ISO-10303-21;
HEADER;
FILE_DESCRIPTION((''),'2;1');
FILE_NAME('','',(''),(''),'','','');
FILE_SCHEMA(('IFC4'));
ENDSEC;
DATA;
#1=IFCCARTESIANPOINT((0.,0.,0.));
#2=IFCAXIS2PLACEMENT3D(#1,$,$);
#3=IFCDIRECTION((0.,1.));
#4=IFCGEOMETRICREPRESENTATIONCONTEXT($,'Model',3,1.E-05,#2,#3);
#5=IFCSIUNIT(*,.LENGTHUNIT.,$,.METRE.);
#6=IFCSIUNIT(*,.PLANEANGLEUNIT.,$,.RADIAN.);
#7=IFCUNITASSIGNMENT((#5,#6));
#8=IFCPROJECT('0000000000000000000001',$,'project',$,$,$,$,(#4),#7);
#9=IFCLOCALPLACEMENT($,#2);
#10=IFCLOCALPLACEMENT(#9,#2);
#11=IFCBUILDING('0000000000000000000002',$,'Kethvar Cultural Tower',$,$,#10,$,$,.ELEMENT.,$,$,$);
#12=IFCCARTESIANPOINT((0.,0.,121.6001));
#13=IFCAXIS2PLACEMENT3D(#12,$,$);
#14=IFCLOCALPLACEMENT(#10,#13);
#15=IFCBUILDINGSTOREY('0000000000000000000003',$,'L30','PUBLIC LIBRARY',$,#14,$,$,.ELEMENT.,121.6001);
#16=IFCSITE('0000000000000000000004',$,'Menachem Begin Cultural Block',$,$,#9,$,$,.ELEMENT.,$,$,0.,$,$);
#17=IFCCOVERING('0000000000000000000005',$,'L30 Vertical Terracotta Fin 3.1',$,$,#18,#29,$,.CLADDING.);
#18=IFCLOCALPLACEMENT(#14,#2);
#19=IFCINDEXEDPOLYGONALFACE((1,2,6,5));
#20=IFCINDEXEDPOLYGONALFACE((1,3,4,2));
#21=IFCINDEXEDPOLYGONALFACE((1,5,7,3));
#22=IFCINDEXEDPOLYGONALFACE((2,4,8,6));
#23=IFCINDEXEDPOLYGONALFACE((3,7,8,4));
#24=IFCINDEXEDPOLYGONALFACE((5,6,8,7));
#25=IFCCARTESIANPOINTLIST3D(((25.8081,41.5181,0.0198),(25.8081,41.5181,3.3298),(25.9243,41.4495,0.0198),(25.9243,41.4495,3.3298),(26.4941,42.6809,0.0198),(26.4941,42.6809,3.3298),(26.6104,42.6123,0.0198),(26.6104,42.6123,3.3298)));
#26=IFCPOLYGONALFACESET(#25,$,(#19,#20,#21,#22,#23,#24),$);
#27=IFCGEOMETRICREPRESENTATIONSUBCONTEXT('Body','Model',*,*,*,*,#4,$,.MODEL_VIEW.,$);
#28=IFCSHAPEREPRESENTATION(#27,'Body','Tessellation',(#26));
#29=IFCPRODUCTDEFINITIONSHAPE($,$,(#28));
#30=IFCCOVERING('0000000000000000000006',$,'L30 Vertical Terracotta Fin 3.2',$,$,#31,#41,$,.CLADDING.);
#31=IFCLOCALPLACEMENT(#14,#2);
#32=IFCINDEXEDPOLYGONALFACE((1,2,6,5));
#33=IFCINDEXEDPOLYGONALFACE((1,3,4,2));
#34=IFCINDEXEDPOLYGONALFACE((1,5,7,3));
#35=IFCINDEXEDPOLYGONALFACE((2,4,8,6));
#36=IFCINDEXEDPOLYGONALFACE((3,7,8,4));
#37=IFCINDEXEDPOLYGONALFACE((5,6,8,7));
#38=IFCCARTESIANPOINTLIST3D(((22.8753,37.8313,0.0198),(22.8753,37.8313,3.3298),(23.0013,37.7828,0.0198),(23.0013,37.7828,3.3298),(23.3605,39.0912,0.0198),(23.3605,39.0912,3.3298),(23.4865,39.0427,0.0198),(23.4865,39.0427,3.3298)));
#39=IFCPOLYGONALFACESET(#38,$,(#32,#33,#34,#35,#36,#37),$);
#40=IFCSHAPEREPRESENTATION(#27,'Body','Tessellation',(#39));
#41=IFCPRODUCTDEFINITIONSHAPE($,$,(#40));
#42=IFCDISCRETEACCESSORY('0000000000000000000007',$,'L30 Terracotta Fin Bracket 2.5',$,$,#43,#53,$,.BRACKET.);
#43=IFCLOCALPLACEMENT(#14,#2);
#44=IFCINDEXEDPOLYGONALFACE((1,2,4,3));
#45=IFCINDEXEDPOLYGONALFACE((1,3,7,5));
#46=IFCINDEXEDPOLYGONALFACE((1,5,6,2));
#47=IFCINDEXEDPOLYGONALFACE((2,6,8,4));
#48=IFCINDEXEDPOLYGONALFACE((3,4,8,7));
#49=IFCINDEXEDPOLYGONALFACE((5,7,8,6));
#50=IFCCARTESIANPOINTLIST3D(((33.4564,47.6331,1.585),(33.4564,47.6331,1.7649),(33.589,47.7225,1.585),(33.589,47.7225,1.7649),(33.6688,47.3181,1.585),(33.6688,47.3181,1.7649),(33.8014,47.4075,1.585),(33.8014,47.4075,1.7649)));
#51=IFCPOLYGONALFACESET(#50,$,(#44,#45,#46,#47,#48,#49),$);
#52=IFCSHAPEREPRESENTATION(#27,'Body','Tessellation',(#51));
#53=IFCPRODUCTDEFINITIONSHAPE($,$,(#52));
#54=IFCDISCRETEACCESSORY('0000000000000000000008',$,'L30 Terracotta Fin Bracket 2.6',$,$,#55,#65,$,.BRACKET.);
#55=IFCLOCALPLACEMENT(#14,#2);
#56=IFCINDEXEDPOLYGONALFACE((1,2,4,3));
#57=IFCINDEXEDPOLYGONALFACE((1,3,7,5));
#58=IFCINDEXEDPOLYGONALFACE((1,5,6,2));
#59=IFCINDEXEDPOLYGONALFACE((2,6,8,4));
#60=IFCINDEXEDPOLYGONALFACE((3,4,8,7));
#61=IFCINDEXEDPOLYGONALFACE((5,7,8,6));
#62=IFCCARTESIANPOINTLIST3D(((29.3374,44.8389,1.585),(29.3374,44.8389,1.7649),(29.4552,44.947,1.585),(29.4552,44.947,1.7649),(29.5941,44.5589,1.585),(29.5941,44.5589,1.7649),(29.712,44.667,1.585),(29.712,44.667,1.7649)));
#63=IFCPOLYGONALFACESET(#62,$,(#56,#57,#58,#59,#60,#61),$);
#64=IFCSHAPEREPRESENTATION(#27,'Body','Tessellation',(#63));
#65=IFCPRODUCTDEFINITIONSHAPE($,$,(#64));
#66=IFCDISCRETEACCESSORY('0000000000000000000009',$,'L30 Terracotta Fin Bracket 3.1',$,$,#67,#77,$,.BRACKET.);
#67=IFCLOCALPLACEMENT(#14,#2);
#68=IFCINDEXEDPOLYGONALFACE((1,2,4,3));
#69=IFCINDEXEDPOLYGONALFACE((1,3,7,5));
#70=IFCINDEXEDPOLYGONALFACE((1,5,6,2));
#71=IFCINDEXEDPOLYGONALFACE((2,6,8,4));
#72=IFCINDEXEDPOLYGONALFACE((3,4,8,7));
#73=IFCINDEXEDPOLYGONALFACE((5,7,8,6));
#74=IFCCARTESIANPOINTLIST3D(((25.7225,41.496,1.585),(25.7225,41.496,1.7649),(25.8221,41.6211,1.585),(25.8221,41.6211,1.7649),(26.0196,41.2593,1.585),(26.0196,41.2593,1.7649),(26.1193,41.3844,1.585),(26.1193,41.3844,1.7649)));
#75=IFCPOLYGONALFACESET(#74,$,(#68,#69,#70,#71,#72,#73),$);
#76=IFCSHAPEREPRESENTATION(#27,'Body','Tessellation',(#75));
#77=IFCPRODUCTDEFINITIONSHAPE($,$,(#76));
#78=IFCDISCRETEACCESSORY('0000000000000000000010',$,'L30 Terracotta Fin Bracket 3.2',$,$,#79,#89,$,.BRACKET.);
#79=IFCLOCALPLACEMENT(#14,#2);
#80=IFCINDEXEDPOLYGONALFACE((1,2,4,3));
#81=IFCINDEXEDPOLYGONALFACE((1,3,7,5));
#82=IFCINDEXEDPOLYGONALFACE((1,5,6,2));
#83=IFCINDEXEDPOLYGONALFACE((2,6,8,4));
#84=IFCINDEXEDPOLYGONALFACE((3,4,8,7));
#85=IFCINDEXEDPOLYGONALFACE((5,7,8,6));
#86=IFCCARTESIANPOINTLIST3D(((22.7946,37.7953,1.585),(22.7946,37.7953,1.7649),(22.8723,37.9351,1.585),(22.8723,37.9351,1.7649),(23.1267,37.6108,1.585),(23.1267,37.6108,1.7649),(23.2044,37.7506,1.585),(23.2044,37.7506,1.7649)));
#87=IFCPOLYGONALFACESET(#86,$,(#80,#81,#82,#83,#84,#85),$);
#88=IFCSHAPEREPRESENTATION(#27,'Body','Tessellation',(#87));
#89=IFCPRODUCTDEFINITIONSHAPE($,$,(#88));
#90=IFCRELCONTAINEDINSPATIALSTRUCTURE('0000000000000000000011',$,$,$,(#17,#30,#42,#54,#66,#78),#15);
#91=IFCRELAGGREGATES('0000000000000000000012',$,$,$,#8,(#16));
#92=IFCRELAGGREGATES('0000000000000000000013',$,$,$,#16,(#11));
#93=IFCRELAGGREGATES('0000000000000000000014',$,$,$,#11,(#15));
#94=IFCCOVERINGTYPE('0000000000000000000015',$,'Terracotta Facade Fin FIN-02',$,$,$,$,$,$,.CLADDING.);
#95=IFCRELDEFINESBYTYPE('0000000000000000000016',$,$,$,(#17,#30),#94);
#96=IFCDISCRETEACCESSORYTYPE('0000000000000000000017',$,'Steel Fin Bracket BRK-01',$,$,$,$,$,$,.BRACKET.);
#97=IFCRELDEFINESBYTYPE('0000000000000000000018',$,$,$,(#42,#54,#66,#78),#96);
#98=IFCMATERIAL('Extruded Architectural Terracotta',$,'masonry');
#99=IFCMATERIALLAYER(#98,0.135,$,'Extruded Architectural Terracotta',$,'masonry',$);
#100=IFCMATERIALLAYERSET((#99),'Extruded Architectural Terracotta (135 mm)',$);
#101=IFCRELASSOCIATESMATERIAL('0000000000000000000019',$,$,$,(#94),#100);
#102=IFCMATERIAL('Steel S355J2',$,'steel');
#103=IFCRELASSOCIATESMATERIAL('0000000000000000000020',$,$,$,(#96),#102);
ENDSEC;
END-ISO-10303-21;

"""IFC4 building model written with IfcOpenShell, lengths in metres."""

from ifc_helpers import new_model, si_unit, direction, frame, origin, origin_2d, place, context, subcontext, project, spatial, rectangle, extrude, source, transform, mapped, material, layer, layer_set, type_object, element, save


model = new_model("IFC4")

# Units and contexts
model_context = context("Model", 3, precision=1e-05, world=origin(), true_north=direction((0.0, 1.0)))
body_context = subcontext(model_context, "Body", "Model", "MODEL_VIEW")
ifc_project = project(units=[si_unit("LENGTHUNIT", "METRE"), si_unit("PLANEANGLEUNIT", "RADIAN")], contexts=[model_context])

# Site, building, storey
site_placement = place(None, origin())
site = spatial("IfcSite", under=ifc_project, at=site_placement, Name="Menachem Begin Cultural Block", CompositionType="ELEMENT", RefElevation=0.0)
building_placement = place(site_placement, origin())
building = spatial("IfcBuilding", under=site, at=building_placement, Name="Kethvar Cultural Tower", CompositionType="ELEMENT")
storey_placement = place(building_placement, frame((0.0, 0.0, 121.6001)))
storey = spatial("IfcBuildingStorey", under=building, at=storey_placement, Name="L30", Description="PUBLIC LIBRARY", CompositionType="ELEMENT", Elevation=121.6001)

# Shared definitions
ifc_material_1 = material(Name="Steel S355J2", Category="steel")

# Coverings
ifc_material_2 = material(Name="Extruded Architectural Terracotta", Category="masonry")
ifc_layer_1 = layer(ifc_material_2, 0.135, Name="Extruded Architectural Terracotta", Category="masonry")
ifc_layer_set_1 = layer_set([ifc_layer_1], Name="Extruded Architectural Terracotta (135 mm)")
covering_type = type_object("IfcCoveringType", Name="Terracotta Facade Fin FIN-02", PredefinedType="CLADDING", material=ifc_layer_set_1)
shared_shape_1 = source(origin(), body_context, "Body", "SweptSolid", [
    extrude(rectangle(XDim=1.3501, YDim=0.135, at=origin_2d()), origin(), (0.0, 0.0, 1.0), 3.3101),
])
for number, where, z_axis, x_axis, name in (
    (1, (26.2092, 42.0652, 0.0198), (0.0, 0.0, 1.0), (0.50814, 0.861275, 0.0), "L30 Vertical Terracotta Fin 3.1"),
    (2, (23.1809, 38.437, 0.0198), (0.0, 0.0, 1.0), (0.359345, 0.933205, 0.0), "L30 Vertical Terracotta Fin 3.2"),
):
    element("IfcCovering", number, at=place(storey_placement, frame(where, z_axis=z_axis, x_axis=x_axis)), inside=storey, type_object=covering_type, Name=name, PredefinedType="CLADDING", context=body_context, shape_type="MappedRepresentation", body=[
        mapped(shared_shape_1, transform((0.0, 0.0, 0.0), scale=1.0)),
    ])

# Discrete accessories
discrete_accessory_type = type_object("IfcDiscreteAccessoryType", Name="Steel Fin Bracket BRK-01", PredefinedType="BRACKET", material=ifc_material_1)
shared_shape_2 = source(origin(), body_context, "Body", "SweptSolid", [
    extrude(rectangle(XDim=0.3799, YDim=0.1599, at=origin_2d()), origin(), (0.0, 0.0, 1.0), 0.1799),
])
for number, where, z_axis, x_axis, name in (
    (3, (33.6289, 47.5203, 1.585), (0.0, 0.0, 1.0), (-0.559048, 0.829135, 0.0), "L30 Terracotta Fin Bracket 2.5"),
    (4, (29.5247, 44.7529, 1.585), (0.0, 0.0, 1.0), (-0.675848, 0.737041, 0.0), "L30 Terracotta Fin Bracket 2.6"),
    (5, (25.9209, 41.4402, 1.585), (0.0, 0.0, 1.0), (-0.782173, 0.623061, 0.0), "L30 Terracotta Fin Bracket 3.1"),
    (6, (22.9995, 37.7729, 1.585), (0.0, 0.0, 1.0), (-0.874112, 0.485725, 0.0), "L30 Terracotta Fin Bracket 3.2"),
):
    element("IfcDiscreteAccessory", number, at=place(storey_placement, frame(where, z_axis=z_axis, x_axis=x_axis)), inside=storey, type_object=discrete_accessory_type, Name=name, PredefinedType="BRACKET", context=body_context, shape_type="MappedRepresentation", body=[
        mapped(shared_shape_2, transform((0.0, 0.0, 0.0), scale=1.0)),
    ])

save(model, "model.ifc")
